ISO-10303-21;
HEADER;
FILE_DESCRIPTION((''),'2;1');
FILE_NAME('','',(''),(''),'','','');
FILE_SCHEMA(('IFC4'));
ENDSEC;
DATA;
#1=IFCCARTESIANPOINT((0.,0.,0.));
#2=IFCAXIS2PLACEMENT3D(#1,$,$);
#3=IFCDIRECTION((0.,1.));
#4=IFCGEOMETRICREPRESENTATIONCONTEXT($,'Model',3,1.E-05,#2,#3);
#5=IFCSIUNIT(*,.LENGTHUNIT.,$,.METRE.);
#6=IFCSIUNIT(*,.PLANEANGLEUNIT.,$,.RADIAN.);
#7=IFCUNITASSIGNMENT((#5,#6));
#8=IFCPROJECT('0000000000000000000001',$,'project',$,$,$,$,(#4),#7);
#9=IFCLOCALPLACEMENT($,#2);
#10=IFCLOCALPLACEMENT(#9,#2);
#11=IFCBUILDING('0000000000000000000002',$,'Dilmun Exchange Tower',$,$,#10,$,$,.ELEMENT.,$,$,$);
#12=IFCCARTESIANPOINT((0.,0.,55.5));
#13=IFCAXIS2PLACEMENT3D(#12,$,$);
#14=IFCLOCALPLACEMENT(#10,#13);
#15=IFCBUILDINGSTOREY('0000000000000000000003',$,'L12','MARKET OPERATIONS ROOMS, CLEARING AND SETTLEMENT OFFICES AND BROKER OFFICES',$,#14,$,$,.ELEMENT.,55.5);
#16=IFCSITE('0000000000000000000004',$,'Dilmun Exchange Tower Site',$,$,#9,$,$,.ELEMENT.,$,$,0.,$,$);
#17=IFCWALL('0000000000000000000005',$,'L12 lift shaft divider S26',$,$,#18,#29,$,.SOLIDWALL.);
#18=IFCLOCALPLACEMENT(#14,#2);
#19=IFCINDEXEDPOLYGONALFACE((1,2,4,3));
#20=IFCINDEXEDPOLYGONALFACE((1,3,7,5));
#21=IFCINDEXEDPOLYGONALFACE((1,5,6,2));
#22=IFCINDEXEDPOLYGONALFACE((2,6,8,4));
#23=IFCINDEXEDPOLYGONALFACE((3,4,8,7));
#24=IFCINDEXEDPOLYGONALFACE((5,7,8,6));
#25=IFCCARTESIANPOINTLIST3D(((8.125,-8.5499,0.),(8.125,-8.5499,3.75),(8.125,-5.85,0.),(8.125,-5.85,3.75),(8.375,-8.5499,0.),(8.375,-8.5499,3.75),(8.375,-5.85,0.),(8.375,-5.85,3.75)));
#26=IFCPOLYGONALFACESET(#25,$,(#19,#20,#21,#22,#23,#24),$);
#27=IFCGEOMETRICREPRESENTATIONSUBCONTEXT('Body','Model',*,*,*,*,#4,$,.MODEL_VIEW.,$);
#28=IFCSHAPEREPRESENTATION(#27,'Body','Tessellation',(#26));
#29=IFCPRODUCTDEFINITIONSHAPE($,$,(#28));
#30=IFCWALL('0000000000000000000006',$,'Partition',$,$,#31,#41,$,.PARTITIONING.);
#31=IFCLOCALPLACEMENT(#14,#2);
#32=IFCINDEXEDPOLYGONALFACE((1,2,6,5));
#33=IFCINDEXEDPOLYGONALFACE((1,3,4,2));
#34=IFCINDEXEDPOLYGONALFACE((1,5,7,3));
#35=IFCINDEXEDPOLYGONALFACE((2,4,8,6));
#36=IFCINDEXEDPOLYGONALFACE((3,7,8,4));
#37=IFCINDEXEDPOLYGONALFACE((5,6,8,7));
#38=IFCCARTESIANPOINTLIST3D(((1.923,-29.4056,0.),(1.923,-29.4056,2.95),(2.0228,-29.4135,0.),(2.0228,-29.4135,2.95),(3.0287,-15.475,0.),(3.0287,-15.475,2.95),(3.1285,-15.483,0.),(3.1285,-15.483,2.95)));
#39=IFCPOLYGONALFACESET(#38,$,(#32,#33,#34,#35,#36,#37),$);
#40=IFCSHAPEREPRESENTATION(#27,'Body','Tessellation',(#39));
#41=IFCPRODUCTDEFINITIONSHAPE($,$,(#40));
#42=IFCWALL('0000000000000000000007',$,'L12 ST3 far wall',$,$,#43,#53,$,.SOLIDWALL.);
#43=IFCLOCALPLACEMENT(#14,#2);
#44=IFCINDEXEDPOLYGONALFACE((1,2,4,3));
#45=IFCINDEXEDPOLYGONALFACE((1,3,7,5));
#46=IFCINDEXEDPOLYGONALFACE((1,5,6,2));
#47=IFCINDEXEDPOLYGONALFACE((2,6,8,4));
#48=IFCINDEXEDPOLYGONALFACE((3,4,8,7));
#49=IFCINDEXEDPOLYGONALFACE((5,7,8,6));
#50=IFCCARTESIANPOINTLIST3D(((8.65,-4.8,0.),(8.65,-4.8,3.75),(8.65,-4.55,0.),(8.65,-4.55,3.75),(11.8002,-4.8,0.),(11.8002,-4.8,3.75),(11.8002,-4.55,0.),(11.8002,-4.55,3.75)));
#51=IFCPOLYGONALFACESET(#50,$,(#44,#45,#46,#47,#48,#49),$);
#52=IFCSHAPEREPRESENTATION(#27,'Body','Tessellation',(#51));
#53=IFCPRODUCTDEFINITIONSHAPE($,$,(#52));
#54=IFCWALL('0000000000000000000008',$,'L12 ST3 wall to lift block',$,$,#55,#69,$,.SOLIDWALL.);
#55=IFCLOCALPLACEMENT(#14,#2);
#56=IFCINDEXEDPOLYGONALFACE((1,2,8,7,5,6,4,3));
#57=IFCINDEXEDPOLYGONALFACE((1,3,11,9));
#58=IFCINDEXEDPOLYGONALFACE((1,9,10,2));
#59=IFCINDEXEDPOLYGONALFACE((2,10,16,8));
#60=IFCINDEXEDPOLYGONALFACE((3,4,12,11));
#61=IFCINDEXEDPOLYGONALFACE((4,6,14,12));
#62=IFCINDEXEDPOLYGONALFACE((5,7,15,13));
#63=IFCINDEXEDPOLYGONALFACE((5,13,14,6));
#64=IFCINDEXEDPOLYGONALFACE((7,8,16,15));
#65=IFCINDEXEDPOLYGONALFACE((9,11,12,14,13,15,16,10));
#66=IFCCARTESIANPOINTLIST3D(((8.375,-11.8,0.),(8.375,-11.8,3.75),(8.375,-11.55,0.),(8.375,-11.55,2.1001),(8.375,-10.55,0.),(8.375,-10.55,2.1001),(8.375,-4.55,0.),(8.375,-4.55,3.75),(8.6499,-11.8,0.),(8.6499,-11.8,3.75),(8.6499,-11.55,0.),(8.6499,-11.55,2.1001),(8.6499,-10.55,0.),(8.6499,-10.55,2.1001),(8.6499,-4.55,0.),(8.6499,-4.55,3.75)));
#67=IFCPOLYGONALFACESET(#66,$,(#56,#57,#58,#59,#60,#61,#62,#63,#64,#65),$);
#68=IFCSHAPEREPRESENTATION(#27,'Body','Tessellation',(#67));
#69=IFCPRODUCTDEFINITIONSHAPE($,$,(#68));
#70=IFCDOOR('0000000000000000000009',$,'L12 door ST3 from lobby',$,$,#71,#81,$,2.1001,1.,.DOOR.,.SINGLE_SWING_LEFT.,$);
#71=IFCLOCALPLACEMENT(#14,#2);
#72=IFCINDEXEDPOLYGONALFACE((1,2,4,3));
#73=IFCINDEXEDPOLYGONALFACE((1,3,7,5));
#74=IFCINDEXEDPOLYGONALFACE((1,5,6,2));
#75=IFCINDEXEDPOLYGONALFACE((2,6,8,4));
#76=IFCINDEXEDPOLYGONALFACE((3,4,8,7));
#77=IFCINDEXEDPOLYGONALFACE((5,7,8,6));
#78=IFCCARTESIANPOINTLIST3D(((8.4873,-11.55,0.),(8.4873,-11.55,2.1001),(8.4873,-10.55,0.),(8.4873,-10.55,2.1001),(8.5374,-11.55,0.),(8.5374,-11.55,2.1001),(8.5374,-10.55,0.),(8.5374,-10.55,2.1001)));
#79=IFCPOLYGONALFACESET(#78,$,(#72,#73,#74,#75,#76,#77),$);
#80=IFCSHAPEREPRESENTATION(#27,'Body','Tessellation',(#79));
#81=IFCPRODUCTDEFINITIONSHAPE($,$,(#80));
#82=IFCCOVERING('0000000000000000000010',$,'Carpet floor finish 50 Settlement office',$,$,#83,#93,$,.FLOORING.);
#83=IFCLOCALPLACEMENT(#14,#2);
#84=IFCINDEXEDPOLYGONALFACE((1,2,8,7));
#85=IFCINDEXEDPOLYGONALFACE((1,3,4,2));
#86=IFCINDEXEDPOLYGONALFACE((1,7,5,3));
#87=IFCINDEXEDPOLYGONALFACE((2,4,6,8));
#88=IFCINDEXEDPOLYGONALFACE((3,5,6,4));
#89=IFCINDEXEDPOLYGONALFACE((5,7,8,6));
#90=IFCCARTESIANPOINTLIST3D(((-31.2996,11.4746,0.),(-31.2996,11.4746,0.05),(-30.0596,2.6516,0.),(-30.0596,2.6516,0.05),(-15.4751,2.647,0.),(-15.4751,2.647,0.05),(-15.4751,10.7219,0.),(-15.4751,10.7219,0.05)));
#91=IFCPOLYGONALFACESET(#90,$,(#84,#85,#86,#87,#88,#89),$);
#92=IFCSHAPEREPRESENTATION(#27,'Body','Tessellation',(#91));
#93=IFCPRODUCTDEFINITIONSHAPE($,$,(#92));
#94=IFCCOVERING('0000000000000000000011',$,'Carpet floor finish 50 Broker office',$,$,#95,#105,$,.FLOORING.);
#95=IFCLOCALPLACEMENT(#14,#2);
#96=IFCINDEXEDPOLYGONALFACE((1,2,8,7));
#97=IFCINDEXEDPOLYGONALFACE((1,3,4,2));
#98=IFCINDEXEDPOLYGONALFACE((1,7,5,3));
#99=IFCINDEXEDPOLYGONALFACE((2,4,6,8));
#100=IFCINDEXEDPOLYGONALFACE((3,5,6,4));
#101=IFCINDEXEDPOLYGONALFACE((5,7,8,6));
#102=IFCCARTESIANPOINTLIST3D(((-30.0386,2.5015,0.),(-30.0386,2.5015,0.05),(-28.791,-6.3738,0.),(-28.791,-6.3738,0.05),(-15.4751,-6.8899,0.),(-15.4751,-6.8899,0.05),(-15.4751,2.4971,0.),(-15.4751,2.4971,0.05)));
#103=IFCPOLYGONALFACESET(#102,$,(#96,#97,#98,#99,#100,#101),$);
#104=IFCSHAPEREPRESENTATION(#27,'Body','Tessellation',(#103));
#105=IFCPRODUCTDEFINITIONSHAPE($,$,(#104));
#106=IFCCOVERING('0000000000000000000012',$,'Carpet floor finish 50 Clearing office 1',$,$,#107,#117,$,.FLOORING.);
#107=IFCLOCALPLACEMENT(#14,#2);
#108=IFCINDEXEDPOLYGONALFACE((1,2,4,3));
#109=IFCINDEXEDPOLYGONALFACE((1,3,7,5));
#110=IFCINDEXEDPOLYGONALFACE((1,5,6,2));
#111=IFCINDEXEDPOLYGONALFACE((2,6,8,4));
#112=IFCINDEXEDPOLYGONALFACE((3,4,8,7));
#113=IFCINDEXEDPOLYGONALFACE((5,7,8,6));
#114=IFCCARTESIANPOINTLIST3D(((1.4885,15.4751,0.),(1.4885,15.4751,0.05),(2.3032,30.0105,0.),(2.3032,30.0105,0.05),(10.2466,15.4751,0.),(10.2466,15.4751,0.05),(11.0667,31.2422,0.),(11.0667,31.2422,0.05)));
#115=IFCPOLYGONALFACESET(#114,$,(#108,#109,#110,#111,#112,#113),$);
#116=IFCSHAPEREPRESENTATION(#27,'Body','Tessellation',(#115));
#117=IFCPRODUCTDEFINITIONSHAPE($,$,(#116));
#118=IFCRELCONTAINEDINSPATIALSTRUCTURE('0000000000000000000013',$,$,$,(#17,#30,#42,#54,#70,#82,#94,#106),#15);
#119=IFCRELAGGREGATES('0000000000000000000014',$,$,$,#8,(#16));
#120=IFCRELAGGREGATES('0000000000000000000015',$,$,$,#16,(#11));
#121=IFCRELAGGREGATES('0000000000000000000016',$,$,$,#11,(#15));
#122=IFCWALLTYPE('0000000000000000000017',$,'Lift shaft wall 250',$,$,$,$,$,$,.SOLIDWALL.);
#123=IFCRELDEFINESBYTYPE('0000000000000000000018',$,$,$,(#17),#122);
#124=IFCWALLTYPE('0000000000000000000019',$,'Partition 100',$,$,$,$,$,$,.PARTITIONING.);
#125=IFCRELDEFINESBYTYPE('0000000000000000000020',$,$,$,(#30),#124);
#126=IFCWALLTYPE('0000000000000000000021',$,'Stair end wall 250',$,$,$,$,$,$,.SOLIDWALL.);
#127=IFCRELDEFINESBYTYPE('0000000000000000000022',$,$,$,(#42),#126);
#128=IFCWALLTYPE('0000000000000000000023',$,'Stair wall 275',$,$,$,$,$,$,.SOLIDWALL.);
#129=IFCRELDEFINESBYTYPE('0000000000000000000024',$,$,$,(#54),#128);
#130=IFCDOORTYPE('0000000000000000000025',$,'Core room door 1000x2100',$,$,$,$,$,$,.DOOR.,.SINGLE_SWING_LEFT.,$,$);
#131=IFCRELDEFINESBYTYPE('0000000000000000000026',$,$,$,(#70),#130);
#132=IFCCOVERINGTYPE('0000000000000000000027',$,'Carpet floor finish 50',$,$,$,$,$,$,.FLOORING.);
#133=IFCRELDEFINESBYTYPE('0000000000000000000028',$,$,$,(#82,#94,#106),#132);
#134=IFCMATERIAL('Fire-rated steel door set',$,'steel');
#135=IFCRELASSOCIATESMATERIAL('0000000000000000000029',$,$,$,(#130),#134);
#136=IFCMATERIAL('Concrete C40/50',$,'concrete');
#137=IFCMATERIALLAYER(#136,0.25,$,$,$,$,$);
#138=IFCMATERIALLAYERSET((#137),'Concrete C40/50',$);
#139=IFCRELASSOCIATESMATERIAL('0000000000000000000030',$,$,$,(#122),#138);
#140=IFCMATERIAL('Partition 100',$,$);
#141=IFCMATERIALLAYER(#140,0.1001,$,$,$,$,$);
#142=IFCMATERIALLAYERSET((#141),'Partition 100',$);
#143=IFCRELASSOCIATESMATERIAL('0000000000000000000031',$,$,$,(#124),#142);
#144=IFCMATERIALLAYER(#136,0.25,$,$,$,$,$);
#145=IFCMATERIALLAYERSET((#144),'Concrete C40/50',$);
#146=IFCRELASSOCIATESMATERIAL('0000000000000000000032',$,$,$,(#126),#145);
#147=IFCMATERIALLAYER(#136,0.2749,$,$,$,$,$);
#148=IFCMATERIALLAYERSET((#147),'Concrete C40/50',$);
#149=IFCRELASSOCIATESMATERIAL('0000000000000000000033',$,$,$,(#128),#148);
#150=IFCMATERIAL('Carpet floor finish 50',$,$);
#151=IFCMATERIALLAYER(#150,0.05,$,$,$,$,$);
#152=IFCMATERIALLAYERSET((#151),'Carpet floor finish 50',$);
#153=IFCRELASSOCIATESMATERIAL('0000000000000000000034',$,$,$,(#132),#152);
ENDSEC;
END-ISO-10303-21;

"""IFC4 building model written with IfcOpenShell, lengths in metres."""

from ifc_helpers import new_model, si_unit, direction, frame, frame_2d, origin, place, context, subcontext, project, spatial, polyline, rectangle, outline, extrude, material, layer, layer_set, type_object, element, fill, save


model = new_model("IFC4")

# Units and contexts
model_context = context("Model", 3, precision=1e-05, world=origin(), true_north=direction((0.0, 1.0)))
body_context = subcontext(model_context, "Body", "Model", "MODEL_VIEW")
ifc_project = project(units=[si_unit("LENGTHUNIT", "METRE"), si_unit("PLANEANGLEUNIT", "RADIAN")], contexts=[model_context])

# Site, building, storey
site_placement = place(None, origin())
site = spatial("IfcSite", under=ifc_project, at=site_placement, Name="Dilmun Exchange Tower Site", CompositionType="ELEMENT", RefElevation=0.0)
building_placement = place(site_placement, origin())
building = spatial("IfcBuilding", under=site, at=building_placement, Name="Dilmun Exchange Tower", CompositionType="ELEMENT")
storey_placement = place(building_placement, frame((0.0, 0.0, 55.5)))
storey = spatial("IfcBuildingStorey", under=building, at=storey_placement, Name="L12", Description="MARKET OPERATIONS ROOMS, CLEARING AND SETTLEMENT OFFICES AND BROKER OFFICES", CompositionType="ELEMENT", Elevation=55.5)

# Shared definitions
ifc_material_1 = material(Name="Concrete C40/50", Category="concrete")

# Shared definitions
ifc_material_2 = material(Name="Fire-rated steel door set", Category="steel")
door_type_1 = type_object("IfcDoorType", Name="Core room door 1000x2100", OperationType="SINGLE_SWING_LEFT", PredefinedType="DOOR", material=ifc_material_2)

# Walls
ifc_layer_1 = layer(ifc_material_1, 0.25)
ifc_layer_set_1 = layer_set([ifc_layer_1], Name="Concrete C40/50")
wall_type_1 = type_object("IfcWallType", Name="Lift shaft wall 250", PredefinedType="SOLIDWALL", material=ifc_layer_set_1)
for number, where, z_axis, x_axis, name in (
    (1, (8.25, -8.55, 0.0), (0.0, 0.0, 1.0), (0.0, 1.0, 0.0), "L12 lift shaft divider S26"),
):
    element("IfcWall", number, at=place(storey_placement, frame(where, z_axis=z_axis, x_axis=x_axis)), inside=storey, type_object=wall_type_1, Name=name, PredefinedType="SOLIDWALL", context=body_context, shape_type="SweptSolid", body=[
        extrude(rectangle(XDim=2.7, YDim=0.25, at=frame_2d((1.3501, 0.0))), origin(), (0.0, 0.0, 1.0), 3.75),
    ])
ifc_material_3 = material(Name="Partition 100")
ifc_layer_2 = layer(ifc_material_3, 0.1001)
ifc_layer_set_2 = layer_set([ifc_layer_2], Name="Partition 100")
wall_type_2 = type_object("IfcWallType", Name="Partition 100", PredefinedType="PARTITIONING", material=ifc_layer_set_2)
wall_1_placement = place(storey_placement, frame((1.9729, -29.4097, 0.0), z_axis=(0.0, 0.0, 1.0), x_axis=(0.079124, 0.996865, 0.0)))
element("IfcWall", 2, at=wall_1_placement, inside=storey, type_object=wall_type_2, Name="Partition", PredefinedType="PARTITIONING", context=body_context, shape_type="SweptSolid", body=[
    extrude(rectangle(XDim=13.9744, YDim=0.1001, at=frame_2d((6.9873, 0.0))), origin(), (0.0, 0.0, 1.0), 2.95),
])
ifc_layer_3 = layer(ifc_material_1, 0.25)
ifc_layer_set_3 = layer_set([ifc_layer_3], Name="Concrete C40/50")
wall_type_3 = type_object("IfcWallType", Name="Stair end wall 250", PredefinedType="SOLIDWALL", material=ifc_layer_set_3)
wall_2_placement = place(storey_placement, frame((8.6499, -4.675, 0.0), z_axis=(0.0, 0.0, 1.0), x_axis=(1.0, 0.0, 0.0)))
element("IfcWall", 3, at=wall_2_placement, inside=storey, type_object=wall_type_3, Name="L12 ST3 far wall", PredefinedType="SOLIDWALL", context=body_context, shape_type="SweptSolid", body=[
    extrude(rectangle(XDim=3.1501, YDim=0.25, at=frame_2d((1.5752, 0.0))), origin(), (0.0, 0.0, 1.0), 3.75),
])

# Wall, opening, door
ifc_layer_4 = layer(ifc_material_1, 0.2749)
ifc_layer_set_4 = layer_set([ifc_layer_4], Name="Concrete C40/50")
wall_type_4 = type_object("IfcWallType", Name="Stair wall 275", PredefinedType="SOLIDWALL", material=ifc_layer_set_4)
wall_3_placement = place(storey_placement, frame((8.5125, -4.55, 0.0), z_axis=(0.0, 0.0, 1.0), x_axis=(0.0, -1.0, 0.0)))
wall_3 = element("IfcWall", 4, at=wall_3_placement, inside=storey, type_object=wall_type_4, Name="L12 ST3 wall to lift block", PredefinedType="SOLIDWALL", context=body_context, shape_type="SweptSolid", body=[
    extrude(rectangle(XDim=7.25, YDim=0.2749, at=frame_2d((3.625, 0.0))), origin(), (0.0, 0.0, 1.0), 3.75),
])
opening_1_placement = place(wall_3_placement, frame((6.0, 0.0, 0.0)))
opening_1 = element("IfcOpeningElement", 5, at=opening_1_placement, cuts=wall_3, PredefinedType="OPENING", context=body_context, shape_type="SweptSolid", body=[
    extrude(rectangle(XDim=1.0, YDim=2.1001, at=frame_2d((0.5, 1.05))), frame((0.0, 0.1475, 0.0), z_axis=(0.0, -1.0, 0.0), x_axis=(1.0, 0.0, 0.0)), (0.0, 0.0, 1.0), 0.2949),
])
door_1_placement = place(opening_1_placement, origin())
door_1 = element("IfcDoor", 6, at=door_1_placement, inside=storey, type_object=door_type_1, Name="L12 door ST3 from lobby", OperationType="SINGLE_SWING_LEFT", OverallHeight=2.1001, OverallWidth=1.0, PredefinedType="DOOR", context=body_context, shape_type="SweptSolid", body=[
    extrude(rectangle(XDim=1.0, YDim=2.1001, at=frame_2d((0.5, 1.05))), frame((0.0, 0.0249, 0.0), z_axis=(0.0, -1.0, 0.0), x_axis=(1.0, 0.0, 0.0)), (0.0, 0.0, 1.0), 0.05),
])
fill(opening_1, door_1)

# Coverings
ifc_material_4 = material(Name="Carpet floor finish 50")
ifc_layer_5 = layer(ifc_material_4, 0.05)
ifc_layer_set_5 = layer_set([ifc_layer_5], Name="Carpet floor finish 50")
covering_type_1 = type_object("IfcCoveringType", Name="Carpet floor finish 50", PredefinedType="FLOORING", material=ifc_layer_set_5)
covering_1_placement = place(storey_placement, origin())
element("IfcCovering", 7, at=covering_1_placement, inside=storey, type_object=covering_type_1, Name="Carpet floor finish 50 Settlement office", PredefinedType="FLOORING", context=body_context, shape_type="SweptSolid", body=[
    extrude(outline(polyline([(-15.4751, 10.7219), (-15.4751, 2.647), (-30.0596, 2.6516), (-31.2996, 11.4746), (-15.4751, 10.7219)])), origin(), (0.0, 0.0, 1.0), 0.05),
])
covering_2_placement = place(storey_placement, origin())
element("IfcCovering", 8, at=covering_2_placement, inside=storey, type_object=covering_type_1, Name="Carpet floor finish 50 Broker office", PredefinedType="FLOORING", context=body_context, shape_type="SweptSolid", body=[
    extrude(outline(polyline([(-15.4751, 2.4971), (-15.4751, -6.8899), (-28.791, -6.3738), (-30.0386, 2.5015), (-15.4751, 2.4971)])), origin(), (0.0, 0.0, 1.0), 0.05),
])
covering_3_placement = place(storey_placement, origin())
element("IfcCovering", 9, at=covering_3_placement, inside=storey, type_object=covering_type_1, Name="Carpet floor finish 50 Clearing office 1", PredefinedType="FLOORING", context=body_context, shape_type="SweptSolid", body=[
    extrude(outline(polyline([(1.4885, 15.4751), (2.3032, 30.0105), (11.0667, 31.2422), (10.2466, 15.4751), (1.4885, 15.4751)])), origin(), (0.0, 0.0, 1.0), 0.05),
])

save(model, "model.ifc")
